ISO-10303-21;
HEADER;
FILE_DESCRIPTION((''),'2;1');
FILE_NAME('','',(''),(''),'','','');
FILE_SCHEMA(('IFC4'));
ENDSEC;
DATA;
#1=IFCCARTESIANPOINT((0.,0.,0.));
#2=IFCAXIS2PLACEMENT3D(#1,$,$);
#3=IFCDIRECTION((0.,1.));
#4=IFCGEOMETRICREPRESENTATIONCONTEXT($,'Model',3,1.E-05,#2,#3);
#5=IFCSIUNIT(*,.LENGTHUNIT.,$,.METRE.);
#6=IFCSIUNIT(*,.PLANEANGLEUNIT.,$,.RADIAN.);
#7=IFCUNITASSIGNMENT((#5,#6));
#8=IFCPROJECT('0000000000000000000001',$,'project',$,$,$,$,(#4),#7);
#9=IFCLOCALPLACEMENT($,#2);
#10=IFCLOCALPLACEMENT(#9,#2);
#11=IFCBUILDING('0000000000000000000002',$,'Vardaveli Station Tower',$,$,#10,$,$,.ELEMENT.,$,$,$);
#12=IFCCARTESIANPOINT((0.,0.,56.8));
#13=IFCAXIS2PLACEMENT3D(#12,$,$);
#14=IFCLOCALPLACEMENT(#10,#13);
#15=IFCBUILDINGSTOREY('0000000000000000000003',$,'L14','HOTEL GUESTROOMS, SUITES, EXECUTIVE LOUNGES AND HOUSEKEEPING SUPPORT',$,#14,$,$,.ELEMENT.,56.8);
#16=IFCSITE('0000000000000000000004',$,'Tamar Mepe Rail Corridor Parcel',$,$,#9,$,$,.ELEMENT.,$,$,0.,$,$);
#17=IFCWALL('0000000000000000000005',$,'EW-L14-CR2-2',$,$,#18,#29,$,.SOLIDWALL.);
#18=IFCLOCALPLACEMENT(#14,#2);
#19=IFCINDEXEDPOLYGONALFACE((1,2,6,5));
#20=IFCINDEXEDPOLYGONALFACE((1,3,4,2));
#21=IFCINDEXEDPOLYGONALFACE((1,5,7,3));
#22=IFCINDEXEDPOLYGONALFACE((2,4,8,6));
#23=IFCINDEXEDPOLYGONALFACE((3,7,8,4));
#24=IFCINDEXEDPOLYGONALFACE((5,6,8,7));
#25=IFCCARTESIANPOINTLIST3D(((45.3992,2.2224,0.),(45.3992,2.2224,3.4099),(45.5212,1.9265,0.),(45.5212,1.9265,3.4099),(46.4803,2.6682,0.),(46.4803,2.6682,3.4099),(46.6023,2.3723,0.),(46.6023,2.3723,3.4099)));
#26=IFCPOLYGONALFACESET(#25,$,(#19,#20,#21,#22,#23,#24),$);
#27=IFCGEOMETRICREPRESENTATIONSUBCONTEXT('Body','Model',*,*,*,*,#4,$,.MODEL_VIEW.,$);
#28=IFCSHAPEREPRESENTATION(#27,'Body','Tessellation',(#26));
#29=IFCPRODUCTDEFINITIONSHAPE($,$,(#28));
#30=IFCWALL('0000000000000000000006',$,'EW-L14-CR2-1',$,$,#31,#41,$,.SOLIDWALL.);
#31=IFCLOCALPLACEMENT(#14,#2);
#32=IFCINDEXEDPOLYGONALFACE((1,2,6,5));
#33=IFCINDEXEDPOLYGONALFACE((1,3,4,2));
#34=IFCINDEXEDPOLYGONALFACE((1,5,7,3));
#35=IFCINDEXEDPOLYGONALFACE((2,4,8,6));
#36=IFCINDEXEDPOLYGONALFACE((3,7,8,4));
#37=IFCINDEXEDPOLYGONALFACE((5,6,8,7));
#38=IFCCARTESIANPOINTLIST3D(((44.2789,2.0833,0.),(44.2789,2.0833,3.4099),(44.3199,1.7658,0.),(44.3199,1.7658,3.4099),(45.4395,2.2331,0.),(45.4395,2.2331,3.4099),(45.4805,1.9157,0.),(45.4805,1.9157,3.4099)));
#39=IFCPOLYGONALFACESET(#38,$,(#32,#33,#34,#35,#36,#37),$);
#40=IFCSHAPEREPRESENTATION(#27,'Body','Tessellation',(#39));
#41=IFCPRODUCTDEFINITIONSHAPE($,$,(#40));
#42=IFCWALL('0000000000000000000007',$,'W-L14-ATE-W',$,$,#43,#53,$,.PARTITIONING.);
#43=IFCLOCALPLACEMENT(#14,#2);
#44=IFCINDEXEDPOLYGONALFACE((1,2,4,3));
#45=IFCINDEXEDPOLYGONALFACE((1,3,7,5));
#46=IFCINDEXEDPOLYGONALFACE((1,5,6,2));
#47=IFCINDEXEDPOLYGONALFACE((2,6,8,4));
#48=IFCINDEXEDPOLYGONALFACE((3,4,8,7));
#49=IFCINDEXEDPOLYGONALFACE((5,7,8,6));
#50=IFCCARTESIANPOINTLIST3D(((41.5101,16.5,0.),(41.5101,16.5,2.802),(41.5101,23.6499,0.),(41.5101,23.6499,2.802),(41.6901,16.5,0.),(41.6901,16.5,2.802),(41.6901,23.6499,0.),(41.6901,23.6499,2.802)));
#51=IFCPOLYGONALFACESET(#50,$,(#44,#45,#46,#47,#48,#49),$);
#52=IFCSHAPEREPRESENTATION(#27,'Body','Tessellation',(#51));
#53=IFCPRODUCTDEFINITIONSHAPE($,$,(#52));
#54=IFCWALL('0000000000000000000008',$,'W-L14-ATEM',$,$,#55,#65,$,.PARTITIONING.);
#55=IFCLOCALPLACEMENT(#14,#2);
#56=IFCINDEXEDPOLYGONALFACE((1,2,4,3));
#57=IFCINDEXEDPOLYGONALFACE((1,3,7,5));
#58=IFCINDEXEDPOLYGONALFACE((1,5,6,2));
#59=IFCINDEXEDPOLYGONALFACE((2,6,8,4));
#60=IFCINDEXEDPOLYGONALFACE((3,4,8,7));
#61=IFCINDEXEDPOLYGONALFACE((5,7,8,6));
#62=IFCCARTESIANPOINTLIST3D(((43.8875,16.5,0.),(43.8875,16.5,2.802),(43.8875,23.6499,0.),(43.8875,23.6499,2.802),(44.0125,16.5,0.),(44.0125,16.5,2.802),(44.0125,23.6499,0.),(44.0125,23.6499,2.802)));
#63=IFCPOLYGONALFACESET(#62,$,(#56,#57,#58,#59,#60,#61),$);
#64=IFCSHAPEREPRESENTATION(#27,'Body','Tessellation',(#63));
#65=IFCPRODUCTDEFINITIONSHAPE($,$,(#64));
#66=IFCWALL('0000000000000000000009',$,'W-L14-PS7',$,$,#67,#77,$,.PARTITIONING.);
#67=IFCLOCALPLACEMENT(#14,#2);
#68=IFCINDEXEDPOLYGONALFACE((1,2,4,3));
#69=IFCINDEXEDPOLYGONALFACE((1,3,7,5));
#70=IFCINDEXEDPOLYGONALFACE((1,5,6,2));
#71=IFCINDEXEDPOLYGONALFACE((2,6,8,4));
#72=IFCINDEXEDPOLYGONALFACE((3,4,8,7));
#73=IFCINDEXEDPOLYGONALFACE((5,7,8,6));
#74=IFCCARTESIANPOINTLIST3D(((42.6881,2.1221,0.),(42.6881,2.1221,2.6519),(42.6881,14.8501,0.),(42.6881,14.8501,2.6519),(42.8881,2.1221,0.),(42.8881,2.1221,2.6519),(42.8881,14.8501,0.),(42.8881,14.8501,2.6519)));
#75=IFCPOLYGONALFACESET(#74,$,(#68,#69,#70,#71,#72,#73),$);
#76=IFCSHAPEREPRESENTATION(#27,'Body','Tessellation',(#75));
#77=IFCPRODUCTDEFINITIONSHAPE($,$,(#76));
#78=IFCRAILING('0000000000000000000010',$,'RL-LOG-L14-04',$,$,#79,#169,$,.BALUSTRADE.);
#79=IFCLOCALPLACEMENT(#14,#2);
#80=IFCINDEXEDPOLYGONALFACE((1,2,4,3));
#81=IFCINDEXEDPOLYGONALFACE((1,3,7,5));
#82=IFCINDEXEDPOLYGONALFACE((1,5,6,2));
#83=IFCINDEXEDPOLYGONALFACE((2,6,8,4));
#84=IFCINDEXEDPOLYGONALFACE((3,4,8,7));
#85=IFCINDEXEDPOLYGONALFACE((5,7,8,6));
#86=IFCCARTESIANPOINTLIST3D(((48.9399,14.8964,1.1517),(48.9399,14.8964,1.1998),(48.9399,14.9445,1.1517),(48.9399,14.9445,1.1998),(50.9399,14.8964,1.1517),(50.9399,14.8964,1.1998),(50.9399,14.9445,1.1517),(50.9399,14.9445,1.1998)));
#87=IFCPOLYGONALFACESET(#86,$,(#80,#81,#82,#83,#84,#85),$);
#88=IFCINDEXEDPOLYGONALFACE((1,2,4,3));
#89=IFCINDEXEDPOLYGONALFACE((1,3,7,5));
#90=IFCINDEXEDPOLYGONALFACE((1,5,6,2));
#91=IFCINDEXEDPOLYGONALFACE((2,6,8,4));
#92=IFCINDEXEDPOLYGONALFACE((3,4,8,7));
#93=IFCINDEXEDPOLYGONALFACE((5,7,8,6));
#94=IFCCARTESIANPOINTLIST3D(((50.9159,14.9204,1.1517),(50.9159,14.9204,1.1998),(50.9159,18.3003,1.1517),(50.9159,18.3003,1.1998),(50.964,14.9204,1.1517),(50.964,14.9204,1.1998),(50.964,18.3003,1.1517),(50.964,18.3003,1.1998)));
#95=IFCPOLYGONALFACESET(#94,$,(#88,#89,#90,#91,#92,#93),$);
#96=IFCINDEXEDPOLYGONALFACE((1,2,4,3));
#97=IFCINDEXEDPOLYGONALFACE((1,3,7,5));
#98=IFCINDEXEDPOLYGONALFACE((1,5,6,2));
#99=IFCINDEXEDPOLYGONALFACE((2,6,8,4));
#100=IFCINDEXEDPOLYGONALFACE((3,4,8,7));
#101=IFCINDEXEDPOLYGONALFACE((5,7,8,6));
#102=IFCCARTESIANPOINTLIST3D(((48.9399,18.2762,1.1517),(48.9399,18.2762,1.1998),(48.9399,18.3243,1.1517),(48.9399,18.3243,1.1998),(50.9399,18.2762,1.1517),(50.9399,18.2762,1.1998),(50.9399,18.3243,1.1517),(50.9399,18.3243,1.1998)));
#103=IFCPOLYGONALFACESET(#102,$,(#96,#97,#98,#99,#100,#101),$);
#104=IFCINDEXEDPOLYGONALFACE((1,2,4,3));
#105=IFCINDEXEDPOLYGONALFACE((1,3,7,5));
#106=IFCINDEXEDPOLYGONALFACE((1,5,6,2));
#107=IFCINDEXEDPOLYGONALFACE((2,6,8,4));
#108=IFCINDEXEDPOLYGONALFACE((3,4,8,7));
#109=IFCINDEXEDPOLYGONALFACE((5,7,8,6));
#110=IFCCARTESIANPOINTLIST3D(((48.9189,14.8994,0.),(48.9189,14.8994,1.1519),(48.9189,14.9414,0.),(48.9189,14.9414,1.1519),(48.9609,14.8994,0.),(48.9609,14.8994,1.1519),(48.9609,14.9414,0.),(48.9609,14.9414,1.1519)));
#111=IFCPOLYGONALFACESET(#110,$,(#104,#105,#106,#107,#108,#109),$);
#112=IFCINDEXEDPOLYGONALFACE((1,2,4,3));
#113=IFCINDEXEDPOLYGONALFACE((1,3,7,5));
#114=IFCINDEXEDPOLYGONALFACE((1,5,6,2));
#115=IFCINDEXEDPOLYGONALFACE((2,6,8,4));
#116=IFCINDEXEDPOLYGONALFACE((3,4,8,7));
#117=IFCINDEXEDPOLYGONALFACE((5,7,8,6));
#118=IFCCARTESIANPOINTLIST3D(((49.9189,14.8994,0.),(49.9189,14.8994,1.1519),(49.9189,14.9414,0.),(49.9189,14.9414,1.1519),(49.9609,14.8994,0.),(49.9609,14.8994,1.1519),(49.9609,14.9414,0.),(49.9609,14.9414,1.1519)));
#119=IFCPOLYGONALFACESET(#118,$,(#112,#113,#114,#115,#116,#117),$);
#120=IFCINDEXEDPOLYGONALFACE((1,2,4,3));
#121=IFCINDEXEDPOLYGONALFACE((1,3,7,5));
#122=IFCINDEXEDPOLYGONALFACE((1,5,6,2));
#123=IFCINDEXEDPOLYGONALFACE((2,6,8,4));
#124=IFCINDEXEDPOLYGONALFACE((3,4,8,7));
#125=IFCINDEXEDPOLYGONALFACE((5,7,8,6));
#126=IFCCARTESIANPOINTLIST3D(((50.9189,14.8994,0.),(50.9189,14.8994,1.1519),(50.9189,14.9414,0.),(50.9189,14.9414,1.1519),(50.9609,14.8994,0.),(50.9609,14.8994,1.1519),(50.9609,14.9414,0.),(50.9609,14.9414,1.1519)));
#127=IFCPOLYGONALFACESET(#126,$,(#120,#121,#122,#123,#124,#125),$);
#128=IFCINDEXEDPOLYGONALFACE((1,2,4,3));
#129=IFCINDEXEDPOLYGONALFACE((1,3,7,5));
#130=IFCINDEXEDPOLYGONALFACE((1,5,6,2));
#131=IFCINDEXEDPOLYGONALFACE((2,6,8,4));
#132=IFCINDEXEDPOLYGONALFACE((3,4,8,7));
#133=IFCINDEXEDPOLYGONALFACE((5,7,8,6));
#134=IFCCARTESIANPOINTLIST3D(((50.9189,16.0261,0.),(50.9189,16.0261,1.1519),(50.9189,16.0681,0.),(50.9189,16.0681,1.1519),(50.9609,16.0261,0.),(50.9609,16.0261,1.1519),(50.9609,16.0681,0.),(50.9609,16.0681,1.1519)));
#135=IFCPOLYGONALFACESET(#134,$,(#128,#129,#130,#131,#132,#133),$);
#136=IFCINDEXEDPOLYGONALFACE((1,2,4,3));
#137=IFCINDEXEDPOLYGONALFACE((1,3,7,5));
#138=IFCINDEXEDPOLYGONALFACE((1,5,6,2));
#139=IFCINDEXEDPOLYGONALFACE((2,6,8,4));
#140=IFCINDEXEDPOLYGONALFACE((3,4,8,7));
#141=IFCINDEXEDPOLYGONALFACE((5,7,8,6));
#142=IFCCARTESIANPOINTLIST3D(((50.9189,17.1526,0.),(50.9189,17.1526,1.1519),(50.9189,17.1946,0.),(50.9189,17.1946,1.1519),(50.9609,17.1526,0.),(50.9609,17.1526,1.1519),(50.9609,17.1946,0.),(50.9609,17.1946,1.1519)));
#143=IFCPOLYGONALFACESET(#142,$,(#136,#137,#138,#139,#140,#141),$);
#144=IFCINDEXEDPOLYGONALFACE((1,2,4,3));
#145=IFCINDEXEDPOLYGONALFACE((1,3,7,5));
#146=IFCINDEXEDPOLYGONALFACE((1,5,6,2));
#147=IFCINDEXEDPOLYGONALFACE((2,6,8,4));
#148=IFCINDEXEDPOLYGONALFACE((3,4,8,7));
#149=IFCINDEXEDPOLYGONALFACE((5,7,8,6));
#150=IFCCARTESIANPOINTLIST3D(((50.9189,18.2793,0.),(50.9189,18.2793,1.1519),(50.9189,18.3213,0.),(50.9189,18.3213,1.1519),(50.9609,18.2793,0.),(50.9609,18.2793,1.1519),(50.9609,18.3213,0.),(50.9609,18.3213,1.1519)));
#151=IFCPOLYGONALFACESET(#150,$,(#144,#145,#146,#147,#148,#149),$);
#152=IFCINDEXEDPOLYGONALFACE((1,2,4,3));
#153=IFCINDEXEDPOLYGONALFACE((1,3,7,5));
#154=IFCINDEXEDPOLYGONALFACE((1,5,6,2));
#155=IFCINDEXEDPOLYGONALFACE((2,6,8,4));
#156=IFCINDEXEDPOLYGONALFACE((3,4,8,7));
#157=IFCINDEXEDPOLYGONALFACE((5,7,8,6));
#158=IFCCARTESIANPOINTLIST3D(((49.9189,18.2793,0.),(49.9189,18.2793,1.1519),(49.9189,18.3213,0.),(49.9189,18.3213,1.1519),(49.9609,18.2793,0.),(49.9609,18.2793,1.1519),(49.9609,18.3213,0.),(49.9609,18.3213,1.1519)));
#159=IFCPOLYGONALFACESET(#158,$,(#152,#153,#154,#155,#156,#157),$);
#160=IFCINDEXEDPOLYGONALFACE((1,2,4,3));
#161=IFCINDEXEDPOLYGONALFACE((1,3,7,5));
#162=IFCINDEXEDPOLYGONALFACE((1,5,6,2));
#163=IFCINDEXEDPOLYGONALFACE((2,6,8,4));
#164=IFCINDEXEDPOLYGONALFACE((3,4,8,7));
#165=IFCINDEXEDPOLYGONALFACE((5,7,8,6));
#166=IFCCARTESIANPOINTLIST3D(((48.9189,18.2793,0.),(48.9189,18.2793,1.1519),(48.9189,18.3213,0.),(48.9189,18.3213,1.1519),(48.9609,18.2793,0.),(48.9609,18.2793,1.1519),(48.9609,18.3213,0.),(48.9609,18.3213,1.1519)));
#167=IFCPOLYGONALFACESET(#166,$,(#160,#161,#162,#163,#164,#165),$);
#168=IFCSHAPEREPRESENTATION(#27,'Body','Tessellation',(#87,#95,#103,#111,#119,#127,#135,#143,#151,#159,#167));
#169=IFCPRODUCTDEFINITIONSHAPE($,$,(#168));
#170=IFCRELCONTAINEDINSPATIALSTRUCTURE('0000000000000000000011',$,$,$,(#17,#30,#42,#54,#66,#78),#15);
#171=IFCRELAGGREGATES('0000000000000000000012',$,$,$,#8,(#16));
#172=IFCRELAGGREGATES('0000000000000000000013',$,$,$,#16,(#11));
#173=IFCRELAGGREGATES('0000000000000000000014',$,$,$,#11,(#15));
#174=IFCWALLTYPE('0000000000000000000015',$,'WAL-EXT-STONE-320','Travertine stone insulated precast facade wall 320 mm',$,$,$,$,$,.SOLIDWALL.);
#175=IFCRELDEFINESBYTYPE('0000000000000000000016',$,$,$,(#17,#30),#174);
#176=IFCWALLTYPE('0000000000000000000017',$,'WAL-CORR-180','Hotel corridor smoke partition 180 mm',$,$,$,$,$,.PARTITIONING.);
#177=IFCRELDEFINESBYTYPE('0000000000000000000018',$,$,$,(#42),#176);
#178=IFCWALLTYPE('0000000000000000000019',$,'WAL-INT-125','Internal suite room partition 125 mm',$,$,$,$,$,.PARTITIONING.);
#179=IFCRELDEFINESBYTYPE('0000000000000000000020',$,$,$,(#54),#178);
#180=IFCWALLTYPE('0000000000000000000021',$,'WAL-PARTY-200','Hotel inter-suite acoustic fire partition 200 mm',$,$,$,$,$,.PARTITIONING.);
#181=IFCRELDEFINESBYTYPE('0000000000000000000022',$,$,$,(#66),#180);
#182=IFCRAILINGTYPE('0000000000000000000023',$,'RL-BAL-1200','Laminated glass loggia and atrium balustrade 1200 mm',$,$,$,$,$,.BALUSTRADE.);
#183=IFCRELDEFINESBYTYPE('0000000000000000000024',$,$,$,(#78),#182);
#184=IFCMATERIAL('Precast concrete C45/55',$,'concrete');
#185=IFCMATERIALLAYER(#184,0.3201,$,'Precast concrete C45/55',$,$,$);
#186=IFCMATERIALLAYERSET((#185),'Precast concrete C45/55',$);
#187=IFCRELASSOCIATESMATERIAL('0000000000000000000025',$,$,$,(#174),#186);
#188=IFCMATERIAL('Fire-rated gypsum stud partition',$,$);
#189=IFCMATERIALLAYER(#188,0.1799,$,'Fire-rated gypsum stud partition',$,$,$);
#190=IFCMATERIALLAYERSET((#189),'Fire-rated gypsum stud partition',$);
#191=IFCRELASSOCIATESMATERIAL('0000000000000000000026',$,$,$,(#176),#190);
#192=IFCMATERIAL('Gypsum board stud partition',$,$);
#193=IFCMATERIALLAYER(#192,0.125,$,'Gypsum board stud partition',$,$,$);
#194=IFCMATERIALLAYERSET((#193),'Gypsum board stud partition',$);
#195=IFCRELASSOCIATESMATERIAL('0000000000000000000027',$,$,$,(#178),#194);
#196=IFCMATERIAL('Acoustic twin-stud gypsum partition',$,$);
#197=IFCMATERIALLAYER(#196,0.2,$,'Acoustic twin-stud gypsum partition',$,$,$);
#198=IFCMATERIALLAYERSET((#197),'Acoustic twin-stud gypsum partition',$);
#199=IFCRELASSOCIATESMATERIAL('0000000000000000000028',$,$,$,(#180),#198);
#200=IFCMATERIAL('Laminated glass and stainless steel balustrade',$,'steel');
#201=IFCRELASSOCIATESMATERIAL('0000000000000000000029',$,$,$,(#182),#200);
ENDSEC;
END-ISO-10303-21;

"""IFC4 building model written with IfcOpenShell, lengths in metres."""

from ifc_helpers import new_model, si_unit, direction, frame, frame_2d, origin, origin_2d, place, context, subcontext, project, spatial, rectangle, extrude, source, transform, mapped, material, layer, layer_set, type_object, element, save


model = new_model("IFC4")

# Units and contexts
model_context = context("Model", 3, precision=1e-05, world=origin(), true_north=direction((0.0, 1.0)))
body_context = subcontext(model_context, "Body", "Model", "MODEL_VIEW")
ifc_project = project(units=[si_unit("LENGTHUNIT", "METRE"), si_unit("PLANEANGLEUNIT", "RADIAN")], contexts=[model_context])

# Site, building, storey
site_placement = place(None, origin())
site = spatial("IfcSite", under=ifc_project, at=site_placement, Name="Tamar Mepe Rail Corridor Parcel", CompositionType="ELEMENT", RefElevation=0.0)
building_placement = place(site_placement, origin())
building = spatial("IfcBuilding", under=site, at=building_placement, Name="Vardaveli Station Tower", CompositionType="ELEMENT")
storey_placement = place(building_placement, frame((0.0, 0.0, 56.8)))
storey = spatial("IfcBuildingStorey", under=building, at=storey_placement, Name="L14", Description="HOTEL GUESTROOMS, SUITES, EXECUTIVE LOUNGES AND HOUSEKEEPING SUPPORT", CompositionType="ELEMENT", Elevation=56.8)

# Shared definitions
ifc_material_1 = material(Name="Precast concrete C45/55", Category="concrete")

# Shared definitions
ifc_layer_1 = layer(ifc_material_1, 0.3201, Name="Precast concrete C45/55")
ifc_layer_set_1 = layer_set([ifc_layer_1], Name="Precast concrete C45/55")
wall_type_1 = type_object("IfcWallType", Name="WAL-EXT-STONE-320", Description="Travertine stone insulated precast facade wall 320 mm", PredefinedType="SOLIDWALL", material=ifc_layer_set_1)

# Walls
shared_shape_1 = source(origin(), body_context, "Body", "SweptSolid", [
    extrude(rectangle(XDim=1.1694, YDim=0.3201, at=frame_2d((0.5847, 0.0))), origin(), (0.0, 0.0, 1.0), 3.4099),
])
wall_1_placement = place(storey_placement, frame((45.4602, 2.0745, 0.0), z_axis=(0.0, 0.0, 1.0), x_axis=(0.924479, 0.381233, 0.0)))
element("IfcWall", 1, at=wall_1_placement, inside=storey, type_object=wall_type_1, Name="EW-L14-CR2-2", PredefinedType="SOLIDWALL", context=body_context, shape_type="MappedRepresentation", body=[
    mapped(shared_shape_1, transform((0.0, 0.0, 0.0), scale=1.0)),
])
shared_shape_2 = source(origin(), body_context, "Body", "SweptSolid", [
    extrude(rectangle(XDim=1.1702, YDim=0.3201, at=frame_2d((0.585, 0.0))), origin(), (0.0, 0.0, 1.0), 3.4099),
])
wall_2_placement = place(storey_placement, frame((44.2996, 1.9246, 0.0), z_axis=(0.0, 0.0, 1.0), x_axis=(0.991762, 0.12809, 0.0)))
element("IfcWall", 2, at=wall_2_placement, inside=storey, type_object=wall_type_1, Name="EW-L14-CR2-1", PredefinedType="SOLIDWALL", context=body_context, shape_type="MappedRepresentation", body=[
    mapped(shared_shape_2, transform((0.0, 0.0, 0.0), scale=1.0)),
])

# Shared definitions
ifc_material_2 = material(Name="Fire-rated gypsum stud partition")
ifc_layer_2 = layer(ifc_material_2, 0.1799, Name="Fire-rated gypsum stud partition")
ifc_layer_set_2 = layer_set([ifc_layer_2], Name="Fire-rated gypsum stud partition")
wall_type_2 = type_object("IfcWallType", Name="WAL-CORR-180", Description="Hotel corridor smoke partition 180 mm", PredefinedType="PARTITIONING", material=ifc_layer_set_2)

# Walls
shared_shape_3 = source(origin(), body_context, "Body", "SweptSolid", [
    extrude(rectangle(XDim=7.1499, YDim=0.1799, at=frame_2d((3.575, 0.0))), origin(), (0.0, 0.0, 1.0), 2.802),
])
wall_3_placement = place(storey_placement, frame((41.6001, 16.5, 0.0), z_axis=(0.0, 0.0, 1.0), x_axis=(0.0, 1.0, 0.0)))
element("IfcWall", 3, at=wall_3_placement, inside=storey, type_object=wall_type_2, Name="W-L14-ATE-W", PredefinedType="PARTITIONING", context=body_context, shape_type="MappedRepresentation", body=[
    mapped(shared_shape_3, transform((0.0, 0.0, 0.0), scale=1.0)),
])
ifc_material_3 = material(Name="Gypsum board stud partition")
ifc_layer_3 = layer(ifc_material_3, 0.125, Name="Gypsum board stud partition")
ifc_layer_set_3 = layer_set([ifc_layer_3], Name="Gypsum board stud partition")
wall_type_3 = type_object("IfcWallType", Name="WAL-INT-125", Description="Internal suite room partition 125 mm", PredefinedType="PARTITIONING", material=ifc_layer_set_3)
shared_shape_4 = source(origin(), body_context, "Body", "SweptSolid", [
    extrude(rectangle(XDim=7.1499, YDim=0.125, at=frame_2d((3.575, 0.0))), origin(), (0.0, 0.0, 1.0), 2.802),
])
wall_4_placement = place(storey_placement, frame((43.95, 16.5, 0.0), z_axis=(0.0, 0.0, 1.0), x_axis=(0.0, 1.0, 0.0)))
element("IfcWall", 4, at=wall_4_placement, inside=storey, type_object=wall_type_3, Name="W-L14-ATEM", PredefinedType="PARTITIONING", context=body_context, shape_type="MappedRepresentation", body=[
    mapped(shared_shape_4, transform((0.0, 0.0, 0.0), scale=1.0)),
])
ifc_material_4 = material(Name="Acoustic twin-stud gypsum partition")
ifc_layer_4 = layer(ifc_material_4, 0.2, Name="Acoustic twin-stud gypsum partition")
ifc_layer_set_4 = layer_set([ifc_layer_4], Name="Acoustic twin-stud gypsum partition")
wall_type_4 = type_object("IfcWallType", Name="WAL-PARTY-200", Description="Hotel inter-suite acoustic fire partition 200 mm", PredefinedType="PARTITIONING", material=ifc_layer_set_4)
shared_shape_5 = source(origin(), body_context, "Body", "SweptSolid", [
    extrude(rectangle(XDim=12.728, YDim=0.2, at=frame_2d((6.364, 0.0))), origin(), (0.0, 0.0, 1.0), 2.6519),
])
wall_5_placement = place(storey_placement, frame((42.7881, 2.1221, 0.0), z_axis=(0.0, 0.0, 1.0), x_axis=(0.0, 1.0, 0.0)))
element("IfcWall", 5, at=wall_5_placement, inside=storey, type_object=wall_type_4, Name="W-L14-PS7", PredefinedType="PARTITIONING", context=body_context, shape_type="MappedRepresentation", body=[
    mapped(shared_shape_5, transform((0.0, 0.0, 0.0), scale=1.0)),
])

# Railing
ifc_material_5 = material(Name="Laminated glass and stainless steel balustrade", Category="steel")
railing_type = type_object("IfcRailingType", Name="RL-BAL-1200", Description="Laminated glass loggia and atrium balustrade 1200 mm", PredefinedType="BALUSTRADE", material=ifc_material_5)
shared_shape_6 = source(origin(), body_context, "Body", "SweptSolid", [
    extrude(rectangle(XDim=0.0481, YDim=0.0481, at=origin_2d()), frame((0.0, 0.0, 1.1758), z_axis=(1.0, 0.0, 0.0), x_axis=(0.0, 1.0, 0.0)), (0.0, 0.0, 1.0), 2.0),
    extrude(rectangle(XDim=0.0481, YDim=0.0481, at=origin_2d()), frame((2.0, 0.0, 1.1758), z_axis=(0.0, 1.0, 0.0), x_axis=(-1.0, 0.0, 0.0)), (0.0, 0.0, 1.0), 3.3799),
    extrude(rectangle(XDim=0.0481, YDim=0.0481, at=origin_2d()), frame((2.0, 3.3799, 1.1758), z_axis=(-1.0, 0.0, 0.0), x_axis=(0.0, -1.0, 0.0)), (0.0, 0.0, 1.0), 2.0),
    extrude(rectangle(XDim=0.042, YDim=0.042, at=origin_2d()), origin(), (0.0, 0.0, 1.0), 1.1519),
    extrude(rectangle(XDim=0.042, YDim=0.042, at=origin_2d()), frame((1.0, 0.0, 0.0)), (0.0, 0.0, 1.0), 1.1519),
    extrude(rectangle(XDim=0.042, YDim=0.042, at=origin_2d()), frame((2.0, 0.0, 0.0)), (0.0, 0.0, 1.0), 1.1519),
    extrude(rectangle(XDim=0.042, YDim=0.042, at=origin_2d()), frame((2.0, 1.1267, 0.0)), (0.0, 0.0, 1.0), 1.1519),
    extrude(rectangle(XDim=0.042, YDim=0.042, at=origin_2d()), frame((2.0, 2.2532, 0.0)), (0.0, 0.0, 1.0), 1.1519),
    extrude(rectangle(XDim=0.042, YDim=0.042, at=origin_2d()), frame((2.0, 3.3799, 0.0)), (0.0, 0.0, 1.0), 1.1519),
    extrude(rectangle(XDim=0.042, YDim=0.042, at=origin_2d()), frame((1.0, 3.3799, 0.0)), (0.0, 0.0, 1.0), 1.1519),
    extrude(rectangle(XDim=0.042, YDim=0.042, at=origin_2d()), frame((0.0, 3.3799, 0.0)), (0.0, 0.0, 1.0), 1.1519),
])
railing_placement = place(storey_placement, frame((48.9399, 14.9204, 0.0)))
element("IfcRailing", 6, at=railing_placement, inside=storey, type_object=railing_type, Name="RL-LOG-L14-04", PredefinedType="BALUSTRADE", context=body_context, shape_type="MappedRepresentation", body=[
    mapped(shared_shape_6, transform((0.0, 0.0, 0.0), scale=1.0)),
])

save(model, "model.ifc")
